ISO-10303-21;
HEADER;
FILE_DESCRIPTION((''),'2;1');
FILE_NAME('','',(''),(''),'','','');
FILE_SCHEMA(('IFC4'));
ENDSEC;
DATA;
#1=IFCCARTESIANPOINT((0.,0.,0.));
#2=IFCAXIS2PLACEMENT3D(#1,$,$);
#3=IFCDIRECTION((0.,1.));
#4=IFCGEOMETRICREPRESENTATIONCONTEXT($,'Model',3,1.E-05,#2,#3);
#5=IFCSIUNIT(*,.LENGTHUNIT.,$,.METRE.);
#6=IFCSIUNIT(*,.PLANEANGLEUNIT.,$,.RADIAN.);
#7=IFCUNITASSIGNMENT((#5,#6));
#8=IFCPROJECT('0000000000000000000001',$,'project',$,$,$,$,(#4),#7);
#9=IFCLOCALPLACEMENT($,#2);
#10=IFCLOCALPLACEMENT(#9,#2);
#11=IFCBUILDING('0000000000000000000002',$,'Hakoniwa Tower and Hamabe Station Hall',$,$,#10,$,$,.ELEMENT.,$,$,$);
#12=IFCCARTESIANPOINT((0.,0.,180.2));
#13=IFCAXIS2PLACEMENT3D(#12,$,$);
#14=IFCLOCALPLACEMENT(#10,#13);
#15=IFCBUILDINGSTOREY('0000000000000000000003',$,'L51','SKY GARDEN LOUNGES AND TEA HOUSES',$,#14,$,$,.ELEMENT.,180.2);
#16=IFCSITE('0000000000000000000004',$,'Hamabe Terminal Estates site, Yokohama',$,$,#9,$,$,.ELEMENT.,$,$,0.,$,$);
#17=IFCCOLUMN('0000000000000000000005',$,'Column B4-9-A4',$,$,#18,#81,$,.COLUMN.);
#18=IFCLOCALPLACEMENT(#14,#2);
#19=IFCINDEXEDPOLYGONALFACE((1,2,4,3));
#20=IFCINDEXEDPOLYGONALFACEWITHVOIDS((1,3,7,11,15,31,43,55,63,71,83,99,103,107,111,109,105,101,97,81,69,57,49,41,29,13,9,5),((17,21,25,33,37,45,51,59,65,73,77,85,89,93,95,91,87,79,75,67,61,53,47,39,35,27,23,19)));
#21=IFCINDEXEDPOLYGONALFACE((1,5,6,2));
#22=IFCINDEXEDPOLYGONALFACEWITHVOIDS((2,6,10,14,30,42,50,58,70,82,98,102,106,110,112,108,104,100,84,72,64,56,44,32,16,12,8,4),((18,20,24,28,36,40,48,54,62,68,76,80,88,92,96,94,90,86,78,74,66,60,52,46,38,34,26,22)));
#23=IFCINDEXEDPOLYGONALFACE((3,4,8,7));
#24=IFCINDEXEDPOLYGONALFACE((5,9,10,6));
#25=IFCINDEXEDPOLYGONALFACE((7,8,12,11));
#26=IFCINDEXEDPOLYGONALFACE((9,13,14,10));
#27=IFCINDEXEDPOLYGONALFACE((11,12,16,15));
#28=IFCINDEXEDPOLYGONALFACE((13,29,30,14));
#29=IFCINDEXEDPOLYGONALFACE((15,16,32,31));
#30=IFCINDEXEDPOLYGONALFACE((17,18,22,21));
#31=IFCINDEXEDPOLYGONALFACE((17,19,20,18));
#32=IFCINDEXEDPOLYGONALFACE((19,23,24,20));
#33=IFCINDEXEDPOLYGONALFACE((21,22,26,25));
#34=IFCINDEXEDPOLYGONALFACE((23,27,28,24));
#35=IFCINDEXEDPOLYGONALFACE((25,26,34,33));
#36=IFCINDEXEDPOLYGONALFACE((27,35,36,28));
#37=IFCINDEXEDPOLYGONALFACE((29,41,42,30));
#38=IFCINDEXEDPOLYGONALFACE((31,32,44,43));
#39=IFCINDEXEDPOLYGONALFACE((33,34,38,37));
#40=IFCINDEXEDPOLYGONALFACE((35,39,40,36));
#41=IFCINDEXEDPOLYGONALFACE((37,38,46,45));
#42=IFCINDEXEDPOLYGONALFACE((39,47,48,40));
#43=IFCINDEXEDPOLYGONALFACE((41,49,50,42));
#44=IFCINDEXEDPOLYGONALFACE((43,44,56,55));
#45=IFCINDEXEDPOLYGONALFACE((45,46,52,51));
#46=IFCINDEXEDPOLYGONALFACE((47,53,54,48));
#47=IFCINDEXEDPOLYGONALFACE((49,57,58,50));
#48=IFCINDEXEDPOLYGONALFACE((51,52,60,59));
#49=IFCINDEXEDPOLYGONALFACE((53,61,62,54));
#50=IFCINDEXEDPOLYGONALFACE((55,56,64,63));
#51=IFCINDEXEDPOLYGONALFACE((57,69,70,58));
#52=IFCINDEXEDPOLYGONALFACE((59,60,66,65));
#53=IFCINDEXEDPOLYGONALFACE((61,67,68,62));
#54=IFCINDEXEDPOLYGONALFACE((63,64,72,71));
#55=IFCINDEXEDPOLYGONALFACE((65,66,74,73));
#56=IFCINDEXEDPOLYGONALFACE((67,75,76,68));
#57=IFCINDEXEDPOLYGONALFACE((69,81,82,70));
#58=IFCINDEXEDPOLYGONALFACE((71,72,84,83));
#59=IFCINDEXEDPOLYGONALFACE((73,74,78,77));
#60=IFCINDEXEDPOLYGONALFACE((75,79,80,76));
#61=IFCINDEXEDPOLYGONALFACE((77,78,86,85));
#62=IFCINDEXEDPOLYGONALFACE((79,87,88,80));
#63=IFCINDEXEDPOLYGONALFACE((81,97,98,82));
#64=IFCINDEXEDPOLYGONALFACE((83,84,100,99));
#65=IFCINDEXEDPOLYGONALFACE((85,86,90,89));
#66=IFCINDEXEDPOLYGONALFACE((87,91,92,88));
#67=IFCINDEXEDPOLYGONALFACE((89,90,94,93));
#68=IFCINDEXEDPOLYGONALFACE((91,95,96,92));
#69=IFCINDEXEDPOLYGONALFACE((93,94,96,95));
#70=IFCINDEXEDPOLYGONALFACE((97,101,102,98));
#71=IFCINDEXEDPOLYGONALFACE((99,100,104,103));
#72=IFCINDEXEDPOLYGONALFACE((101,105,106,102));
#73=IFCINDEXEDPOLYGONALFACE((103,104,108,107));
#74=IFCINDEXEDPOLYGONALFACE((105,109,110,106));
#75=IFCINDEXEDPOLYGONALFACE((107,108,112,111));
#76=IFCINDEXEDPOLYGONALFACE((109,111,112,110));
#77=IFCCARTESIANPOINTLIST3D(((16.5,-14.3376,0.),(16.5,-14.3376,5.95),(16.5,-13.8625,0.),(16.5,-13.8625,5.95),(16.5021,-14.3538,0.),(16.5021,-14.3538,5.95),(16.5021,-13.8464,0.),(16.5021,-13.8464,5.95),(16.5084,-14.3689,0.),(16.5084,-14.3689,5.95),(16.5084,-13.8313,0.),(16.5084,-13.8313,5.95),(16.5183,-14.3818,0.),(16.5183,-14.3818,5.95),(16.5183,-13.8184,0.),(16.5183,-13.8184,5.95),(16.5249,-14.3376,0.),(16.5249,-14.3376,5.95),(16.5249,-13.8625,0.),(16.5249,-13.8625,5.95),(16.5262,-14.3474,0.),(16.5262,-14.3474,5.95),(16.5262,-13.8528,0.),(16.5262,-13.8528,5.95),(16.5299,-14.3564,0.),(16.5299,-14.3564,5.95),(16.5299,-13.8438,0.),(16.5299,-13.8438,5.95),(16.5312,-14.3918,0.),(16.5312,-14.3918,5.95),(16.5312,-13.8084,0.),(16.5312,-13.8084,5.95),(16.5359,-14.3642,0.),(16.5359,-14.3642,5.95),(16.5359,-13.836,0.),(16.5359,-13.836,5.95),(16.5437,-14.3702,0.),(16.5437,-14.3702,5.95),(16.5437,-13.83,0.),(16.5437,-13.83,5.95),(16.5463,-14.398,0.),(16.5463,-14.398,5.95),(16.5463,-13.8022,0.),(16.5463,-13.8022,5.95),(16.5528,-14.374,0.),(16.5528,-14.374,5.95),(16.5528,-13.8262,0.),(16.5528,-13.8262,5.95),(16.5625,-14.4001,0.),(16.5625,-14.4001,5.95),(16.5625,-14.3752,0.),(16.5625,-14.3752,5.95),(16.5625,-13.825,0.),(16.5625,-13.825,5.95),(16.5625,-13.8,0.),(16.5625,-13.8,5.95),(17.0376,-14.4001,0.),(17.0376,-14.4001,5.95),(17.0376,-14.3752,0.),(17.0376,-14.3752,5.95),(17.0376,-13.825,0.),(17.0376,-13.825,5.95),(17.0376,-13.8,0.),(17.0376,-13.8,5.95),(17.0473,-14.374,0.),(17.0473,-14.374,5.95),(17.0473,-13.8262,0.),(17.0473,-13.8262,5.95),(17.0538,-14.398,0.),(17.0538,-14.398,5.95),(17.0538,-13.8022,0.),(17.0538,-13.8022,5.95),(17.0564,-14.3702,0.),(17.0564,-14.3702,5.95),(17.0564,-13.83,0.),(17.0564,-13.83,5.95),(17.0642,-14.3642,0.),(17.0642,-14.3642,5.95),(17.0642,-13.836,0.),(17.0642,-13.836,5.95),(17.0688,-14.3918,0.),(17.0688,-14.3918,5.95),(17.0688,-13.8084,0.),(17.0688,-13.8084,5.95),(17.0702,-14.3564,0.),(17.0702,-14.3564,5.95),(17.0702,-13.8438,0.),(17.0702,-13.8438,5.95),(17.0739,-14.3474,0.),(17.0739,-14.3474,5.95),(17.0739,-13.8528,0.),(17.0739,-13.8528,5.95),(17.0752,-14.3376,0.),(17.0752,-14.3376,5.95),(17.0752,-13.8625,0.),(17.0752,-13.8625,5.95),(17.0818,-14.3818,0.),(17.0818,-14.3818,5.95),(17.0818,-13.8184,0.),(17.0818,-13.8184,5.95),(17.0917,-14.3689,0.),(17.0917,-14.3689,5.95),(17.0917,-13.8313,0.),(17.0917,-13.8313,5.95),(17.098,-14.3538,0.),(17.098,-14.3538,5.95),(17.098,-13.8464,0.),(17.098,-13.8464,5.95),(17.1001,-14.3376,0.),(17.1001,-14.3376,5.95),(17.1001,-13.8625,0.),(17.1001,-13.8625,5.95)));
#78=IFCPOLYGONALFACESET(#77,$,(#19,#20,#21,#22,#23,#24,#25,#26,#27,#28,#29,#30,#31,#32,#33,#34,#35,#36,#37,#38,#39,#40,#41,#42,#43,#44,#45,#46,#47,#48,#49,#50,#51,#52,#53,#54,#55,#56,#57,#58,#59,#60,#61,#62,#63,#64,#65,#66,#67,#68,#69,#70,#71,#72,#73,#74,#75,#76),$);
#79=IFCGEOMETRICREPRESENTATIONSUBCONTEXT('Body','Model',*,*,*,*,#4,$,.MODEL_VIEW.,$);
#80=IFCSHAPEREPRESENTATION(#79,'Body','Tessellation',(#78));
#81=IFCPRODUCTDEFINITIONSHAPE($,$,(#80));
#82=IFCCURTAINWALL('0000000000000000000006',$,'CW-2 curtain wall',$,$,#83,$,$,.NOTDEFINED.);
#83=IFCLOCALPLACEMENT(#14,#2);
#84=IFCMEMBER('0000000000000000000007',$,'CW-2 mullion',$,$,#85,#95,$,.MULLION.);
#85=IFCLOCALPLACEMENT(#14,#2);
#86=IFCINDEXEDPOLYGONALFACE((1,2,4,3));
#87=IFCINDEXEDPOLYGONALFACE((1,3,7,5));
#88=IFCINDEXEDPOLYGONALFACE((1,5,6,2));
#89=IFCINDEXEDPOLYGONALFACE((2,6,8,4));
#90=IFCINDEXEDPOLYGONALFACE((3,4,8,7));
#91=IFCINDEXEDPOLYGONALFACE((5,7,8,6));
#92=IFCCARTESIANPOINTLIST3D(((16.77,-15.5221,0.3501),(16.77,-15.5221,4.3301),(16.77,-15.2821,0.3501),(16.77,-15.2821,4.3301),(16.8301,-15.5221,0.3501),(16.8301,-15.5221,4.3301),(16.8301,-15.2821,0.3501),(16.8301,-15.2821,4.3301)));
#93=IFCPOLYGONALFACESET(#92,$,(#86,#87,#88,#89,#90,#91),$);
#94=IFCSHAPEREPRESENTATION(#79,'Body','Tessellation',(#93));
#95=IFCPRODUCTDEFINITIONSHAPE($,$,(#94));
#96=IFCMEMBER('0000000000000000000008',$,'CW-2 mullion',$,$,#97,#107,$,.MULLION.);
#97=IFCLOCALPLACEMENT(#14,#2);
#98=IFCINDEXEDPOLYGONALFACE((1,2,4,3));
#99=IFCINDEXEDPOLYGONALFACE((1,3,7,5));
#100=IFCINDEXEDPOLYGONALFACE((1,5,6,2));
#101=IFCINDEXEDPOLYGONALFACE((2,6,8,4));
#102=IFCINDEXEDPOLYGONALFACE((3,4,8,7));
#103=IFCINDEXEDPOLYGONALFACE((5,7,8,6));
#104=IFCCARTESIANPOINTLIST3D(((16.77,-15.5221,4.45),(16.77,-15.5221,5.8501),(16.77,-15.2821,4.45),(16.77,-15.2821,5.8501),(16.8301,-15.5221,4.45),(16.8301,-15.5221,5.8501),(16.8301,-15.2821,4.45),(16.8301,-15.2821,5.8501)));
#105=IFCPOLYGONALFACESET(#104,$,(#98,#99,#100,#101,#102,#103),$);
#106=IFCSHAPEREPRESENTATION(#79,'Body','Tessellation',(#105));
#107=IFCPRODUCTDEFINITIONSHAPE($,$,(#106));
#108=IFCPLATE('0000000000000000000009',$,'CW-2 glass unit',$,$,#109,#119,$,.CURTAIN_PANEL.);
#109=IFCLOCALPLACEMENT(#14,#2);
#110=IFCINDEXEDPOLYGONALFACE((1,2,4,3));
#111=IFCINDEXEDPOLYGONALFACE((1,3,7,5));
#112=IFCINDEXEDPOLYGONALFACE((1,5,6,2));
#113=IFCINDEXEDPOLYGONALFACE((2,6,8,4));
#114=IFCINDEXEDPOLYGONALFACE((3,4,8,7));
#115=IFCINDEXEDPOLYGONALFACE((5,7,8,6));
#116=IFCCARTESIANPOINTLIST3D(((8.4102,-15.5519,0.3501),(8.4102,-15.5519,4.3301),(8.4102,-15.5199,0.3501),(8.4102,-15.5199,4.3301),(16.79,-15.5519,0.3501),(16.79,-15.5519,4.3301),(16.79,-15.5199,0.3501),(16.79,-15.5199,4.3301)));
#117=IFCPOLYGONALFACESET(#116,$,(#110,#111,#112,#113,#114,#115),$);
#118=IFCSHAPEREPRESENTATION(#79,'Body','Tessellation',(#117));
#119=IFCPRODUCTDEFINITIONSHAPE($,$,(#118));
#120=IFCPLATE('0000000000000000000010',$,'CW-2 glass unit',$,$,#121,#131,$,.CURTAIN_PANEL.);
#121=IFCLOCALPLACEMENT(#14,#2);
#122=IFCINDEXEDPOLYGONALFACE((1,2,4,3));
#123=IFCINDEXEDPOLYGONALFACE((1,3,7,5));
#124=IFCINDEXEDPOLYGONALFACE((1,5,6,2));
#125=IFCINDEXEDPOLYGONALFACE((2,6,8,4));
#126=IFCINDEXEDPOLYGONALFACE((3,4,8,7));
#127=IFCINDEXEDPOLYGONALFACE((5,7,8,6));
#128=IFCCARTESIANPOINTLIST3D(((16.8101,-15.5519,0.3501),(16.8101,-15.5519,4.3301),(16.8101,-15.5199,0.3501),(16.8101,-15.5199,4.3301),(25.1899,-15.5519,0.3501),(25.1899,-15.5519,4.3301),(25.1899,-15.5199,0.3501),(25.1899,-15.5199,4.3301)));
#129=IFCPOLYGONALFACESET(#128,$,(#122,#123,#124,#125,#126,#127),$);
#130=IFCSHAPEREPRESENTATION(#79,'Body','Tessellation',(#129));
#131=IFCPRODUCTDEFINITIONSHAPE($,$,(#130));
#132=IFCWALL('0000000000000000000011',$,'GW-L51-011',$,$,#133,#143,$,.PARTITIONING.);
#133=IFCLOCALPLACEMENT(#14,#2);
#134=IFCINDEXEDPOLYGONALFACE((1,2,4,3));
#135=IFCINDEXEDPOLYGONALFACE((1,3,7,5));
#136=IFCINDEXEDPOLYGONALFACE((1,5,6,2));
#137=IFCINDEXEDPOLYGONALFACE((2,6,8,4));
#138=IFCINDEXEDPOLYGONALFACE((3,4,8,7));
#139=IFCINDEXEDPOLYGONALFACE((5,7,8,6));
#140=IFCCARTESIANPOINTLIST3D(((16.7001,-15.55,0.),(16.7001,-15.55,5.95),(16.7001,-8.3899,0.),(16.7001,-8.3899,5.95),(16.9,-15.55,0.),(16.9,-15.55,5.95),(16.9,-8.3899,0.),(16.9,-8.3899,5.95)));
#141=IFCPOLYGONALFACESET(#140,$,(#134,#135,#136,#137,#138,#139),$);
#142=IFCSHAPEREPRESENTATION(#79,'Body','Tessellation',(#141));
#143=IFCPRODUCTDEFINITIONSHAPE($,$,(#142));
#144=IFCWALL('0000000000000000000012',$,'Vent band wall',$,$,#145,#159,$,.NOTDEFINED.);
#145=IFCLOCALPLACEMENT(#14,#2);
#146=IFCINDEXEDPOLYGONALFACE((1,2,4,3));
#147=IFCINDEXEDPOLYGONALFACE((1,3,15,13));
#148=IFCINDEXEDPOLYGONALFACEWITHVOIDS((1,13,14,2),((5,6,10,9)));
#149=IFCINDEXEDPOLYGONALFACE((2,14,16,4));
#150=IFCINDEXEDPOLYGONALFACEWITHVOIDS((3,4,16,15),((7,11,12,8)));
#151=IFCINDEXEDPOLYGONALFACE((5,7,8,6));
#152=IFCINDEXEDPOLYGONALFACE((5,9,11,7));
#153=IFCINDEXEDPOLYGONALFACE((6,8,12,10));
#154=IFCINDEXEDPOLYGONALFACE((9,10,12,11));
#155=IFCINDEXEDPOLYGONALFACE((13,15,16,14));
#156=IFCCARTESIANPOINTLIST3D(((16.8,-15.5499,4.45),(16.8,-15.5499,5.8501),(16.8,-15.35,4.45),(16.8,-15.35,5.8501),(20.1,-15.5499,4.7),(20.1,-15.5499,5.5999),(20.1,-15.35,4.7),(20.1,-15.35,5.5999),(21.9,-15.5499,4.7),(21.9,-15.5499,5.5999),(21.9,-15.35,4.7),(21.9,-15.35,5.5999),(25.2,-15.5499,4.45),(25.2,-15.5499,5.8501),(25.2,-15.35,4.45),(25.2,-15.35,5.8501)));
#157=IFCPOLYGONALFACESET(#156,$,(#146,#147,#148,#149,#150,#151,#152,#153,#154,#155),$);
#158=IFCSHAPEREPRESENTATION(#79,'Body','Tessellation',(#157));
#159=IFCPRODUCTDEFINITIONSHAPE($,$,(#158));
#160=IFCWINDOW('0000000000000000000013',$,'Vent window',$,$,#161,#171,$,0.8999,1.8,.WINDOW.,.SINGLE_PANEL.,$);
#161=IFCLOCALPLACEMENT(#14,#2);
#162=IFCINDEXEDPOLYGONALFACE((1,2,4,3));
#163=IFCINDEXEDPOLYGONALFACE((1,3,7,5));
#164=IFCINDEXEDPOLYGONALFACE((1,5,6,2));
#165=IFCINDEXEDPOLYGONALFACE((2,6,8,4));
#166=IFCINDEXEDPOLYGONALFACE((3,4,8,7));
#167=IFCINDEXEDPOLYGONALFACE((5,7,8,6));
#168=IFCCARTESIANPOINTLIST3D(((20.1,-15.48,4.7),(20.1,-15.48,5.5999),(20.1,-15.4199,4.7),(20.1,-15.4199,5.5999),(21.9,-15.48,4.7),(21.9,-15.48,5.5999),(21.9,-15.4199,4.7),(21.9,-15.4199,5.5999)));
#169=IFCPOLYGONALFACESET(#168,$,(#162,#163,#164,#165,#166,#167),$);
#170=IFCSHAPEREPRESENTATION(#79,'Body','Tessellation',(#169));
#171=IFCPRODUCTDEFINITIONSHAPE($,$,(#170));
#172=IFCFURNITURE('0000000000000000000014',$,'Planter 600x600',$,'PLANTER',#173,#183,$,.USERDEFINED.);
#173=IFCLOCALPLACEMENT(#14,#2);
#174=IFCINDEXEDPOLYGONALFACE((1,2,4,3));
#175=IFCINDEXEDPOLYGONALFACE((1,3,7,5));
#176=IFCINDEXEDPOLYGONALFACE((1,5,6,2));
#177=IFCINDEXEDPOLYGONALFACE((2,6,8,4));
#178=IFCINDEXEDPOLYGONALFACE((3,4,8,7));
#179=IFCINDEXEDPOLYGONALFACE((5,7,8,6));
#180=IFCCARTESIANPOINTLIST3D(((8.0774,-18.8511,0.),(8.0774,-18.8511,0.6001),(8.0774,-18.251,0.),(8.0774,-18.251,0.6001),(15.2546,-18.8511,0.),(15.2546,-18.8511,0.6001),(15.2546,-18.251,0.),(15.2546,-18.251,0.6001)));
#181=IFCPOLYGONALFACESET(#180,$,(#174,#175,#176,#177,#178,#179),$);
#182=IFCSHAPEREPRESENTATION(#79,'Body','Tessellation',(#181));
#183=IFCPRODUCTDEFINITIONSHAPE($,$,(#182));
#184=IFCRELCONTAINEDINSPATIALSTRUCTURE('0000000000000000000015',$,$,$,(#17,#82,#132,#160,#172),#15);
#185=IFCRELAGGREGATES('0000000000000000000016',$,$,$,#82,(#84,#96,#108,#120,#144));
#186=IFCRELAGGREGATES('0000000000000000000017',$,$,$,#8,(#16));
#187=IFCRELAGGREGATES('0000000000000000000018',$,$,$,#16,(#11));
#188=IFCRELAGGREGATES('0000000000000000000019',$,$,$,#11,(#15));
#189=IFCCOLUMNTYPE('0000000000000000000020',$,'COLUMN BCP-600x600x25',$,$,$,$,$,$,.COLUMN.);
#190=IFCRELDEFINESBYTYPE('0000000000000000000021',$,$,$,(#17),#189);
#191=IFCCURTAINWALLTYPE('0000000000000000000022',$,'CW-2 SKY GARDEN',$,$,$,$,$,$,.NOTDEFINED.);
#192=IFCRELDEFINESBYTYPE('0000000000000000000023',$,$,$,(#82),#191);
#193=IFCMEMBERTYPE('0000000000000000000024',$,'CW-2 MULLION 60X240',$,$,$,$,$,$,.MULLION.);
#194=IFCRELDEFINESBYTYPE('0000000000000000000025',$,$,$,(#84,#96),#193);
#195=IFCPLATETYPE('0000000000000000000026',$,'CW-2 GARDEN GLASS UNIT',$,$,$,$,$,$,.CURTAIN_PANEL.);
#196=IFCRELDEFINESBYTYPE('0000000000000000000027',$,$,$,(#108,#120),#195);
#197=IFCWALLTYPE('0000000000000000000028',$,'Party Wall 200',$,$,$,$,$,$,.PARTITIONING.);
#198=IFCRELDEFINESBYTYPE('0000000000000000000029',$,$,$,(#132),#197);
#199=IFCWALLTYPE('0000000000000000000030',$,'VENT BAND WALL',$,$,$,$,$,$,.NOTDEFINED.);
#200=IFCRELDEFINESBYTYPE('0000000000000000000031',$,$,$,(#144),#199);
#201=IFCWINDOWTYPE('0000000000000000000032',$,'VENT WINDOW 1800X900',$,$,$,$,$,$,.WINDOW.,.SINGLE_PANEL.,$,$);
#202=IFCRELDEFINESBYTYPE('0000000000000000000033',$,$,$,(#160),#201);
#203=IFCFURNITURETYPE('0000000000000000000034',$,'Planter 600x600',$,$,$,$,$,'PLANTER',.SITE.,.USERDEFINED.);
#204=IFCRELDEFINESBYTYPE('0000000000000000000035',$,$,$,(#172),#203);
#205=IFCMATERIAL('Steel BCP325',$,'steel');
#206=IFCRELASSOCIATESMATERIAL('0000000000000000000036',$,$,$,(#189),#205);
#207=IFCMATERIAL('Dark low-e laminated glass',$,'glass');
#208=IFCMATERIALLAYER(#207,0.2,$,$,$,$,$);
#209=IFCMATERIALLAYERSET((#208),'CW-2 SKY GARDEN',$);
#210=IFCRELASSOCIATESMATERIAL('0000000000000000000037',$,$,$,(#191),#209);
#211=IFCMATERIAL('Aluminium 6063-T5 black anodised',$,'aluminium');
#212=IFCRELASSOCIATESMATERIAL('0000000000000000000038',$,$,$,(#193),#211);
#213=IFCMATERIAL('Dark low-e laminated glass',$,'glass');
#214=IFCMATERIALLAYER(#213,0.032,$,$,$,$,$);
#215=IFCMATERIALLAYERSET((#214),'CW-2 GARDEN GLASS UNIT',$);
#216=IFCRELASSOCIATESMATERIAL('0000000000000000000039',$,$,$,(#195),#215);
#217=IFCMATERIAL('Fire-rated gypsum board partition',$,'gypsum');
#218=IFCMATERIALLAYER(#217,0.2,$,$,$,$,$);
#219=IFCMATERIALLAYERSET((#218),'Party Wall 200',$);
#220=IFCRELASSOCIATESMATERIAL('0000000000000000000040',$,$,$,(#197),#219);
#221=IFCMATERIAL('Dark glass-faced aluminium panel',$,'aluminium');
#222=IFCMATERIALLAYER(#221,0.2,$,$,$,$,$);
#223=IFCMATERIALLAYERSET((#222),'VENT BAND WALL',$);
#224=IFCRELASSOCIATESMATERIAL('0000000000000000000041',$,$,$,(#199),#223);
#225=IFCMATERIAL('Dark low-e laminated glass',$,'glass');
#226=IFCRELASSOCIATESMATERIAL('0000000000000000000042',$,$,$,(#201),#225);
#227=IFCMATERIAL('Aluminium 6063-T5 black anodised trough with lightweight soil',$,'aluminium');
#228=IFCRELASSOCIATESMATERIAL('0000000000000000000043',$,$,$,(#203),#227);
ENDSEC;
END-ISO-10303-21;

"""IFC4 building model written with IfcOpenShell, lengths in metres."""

from ifc_helpers import new_model, si_unit, direction, frame, frame_2d, origin, origin_2d, place, context, subcontext, project, spatial, rectangle, hollow_rectangle, extrude, material, layer, layer_set, material_profile, profile_set, type_object, element, fill, aggregate, save


model = new_model("IFC4")

# Units and contexts
model_context = context("Model", 3, precision=1e-05, world=origin(), true_north=direction((0.0, 1.0)))
body_context = subcontext(model_context, "Body", "Model", "MODEL_VIEW")
ifc_project = project(units=[si_unit("LENGTHUNIT", "METRE"), si_unit("PLANEANGLEUNIT", "RADIAN")], contexts=[model_context])

# Site, building, storey
site_placement = place(None, origin())
site = spatial("IfcSite", under=ifc_project, at=site_placement, Name="Hamabe Terminal Estates site, Yokohama", CompositionType="ELEMENT", RefElevation=0.0)
building_placement = place(site_placement, origin())
building = spatial("IfcBuilding", under=site, at=building_placement, Name="Hakoniwa Tower and Hamabe Station Hall", CompositionType="ELEMENT")
storey_placement = place(building_placement, frame((0.0, 0.0, 180.2)))
storey = spatial("IfcBuildingStorey", under=building, at=storey_placement, Name="L51", Description="SKY GARDEN LOUNGES AND TEA HOUSES", CompositionType="ELEMENT", Elevation=180.2)

# Column
ifc_material_1 = material(Name="Steel BCP325", Category="steel")
ifc_material_profile_1 = material_profile(ifc_material_1, hollow_rectangle(XDim=0.6001, YDim=0.6001, WallThickness=0.0249, InnerFilletRadius=0.0376, OuterFilletRadius=0.0625, at=origin_2d()), Name="BCP-600x600x25")
ifc_profile_set_1 = profile_set([ifc_material_profile_1], Name="Steel BCP325")
column_type = type_object("IfcColumnType", Name="COLUMN BCP-600x600x25", PredefinedType="COLUMN", material=ifc_profile_set_1)
column_placement = place(storey_placement, frame((16.8, -14.1001, 0.0), z_axis=(0.0, 0.0, 1.0), x_axis=(1.0, 0.0, 0.0)))
element("IfcColumn", 1, at=column_placement, inside=storey, type_object=column_type, Name="Column B4-9-A4", PredefinedType="COLUMN", context=body_context, shape_type="SweptSolid", body=[
    extrude(hollow_rectangle(XDim=0.6001, YDim=0.6001, WallThickness=0.0249, InnerFilletRadius=0.0376, OuterFilletRadius=0.0625, at=origin_2d()), origin(), (0.0, 0.0, 1.0), 5.95),
])

# Curtain wall, members, plates
ifc_material_2 = material(Name="Dark low-e laminated glass", Category="glass")
ifc_layer_1 = layer(ifc_material_2, 0.2)
ifc_layer_set_1 = layer_set([ifc_layer_1], Name="CW-2 SKY GARDEN")
curtain_wall_type = type_object("IfcCurtainWallType", Name="CW-2 SKY GARDEN", PredefinedType="NOTDEFINED", material=ifc_layer_set_1)
curtain_wall_placement = place(storey_placement, origin())
curtain_wall = element("IfcCurtainWall", 2, at=curtain_wall_placement, inside=storey, type_object=curtain_wall_type, Name="CW-2 curtain wall", PredefinedType="NOTDEFINED")
ifc_material_3 = material(Name="Aluminium 6063-T5 black anodised", Category="aluminium")
ifc_material_profile_2 = material_profile(ifc_material_3, rectangle(XDim=0.0601, YDim=0.24, at=origin_2d()), Name="CW-2 MULLION 60X240")
ifc_profile_set_2 = profile_set([ifc_material_profile_2], Name="Aluminium 6063-T5 black anodised")
member_type = type_object("IfcMemberType", Name="CW-2 MULLION 60X240", PredefinedType="MULLION", material=ifc_profile_set_2)
member_1_placement = place(storey_placement, frame((16.8, -15.4021, 0.3501), z_axis=(0.0, 0.0, 1.0), x_axis=(1.0, 0.0, 0.0)))
member_1 = element("IfcMember", 3, at=member_1_placement, type_object=member_type, Name="CW-2 mullion", PredefinedType="MULLION", context=body_context, shape_type="SweptSolid", body=[
    extrude(rectangle(XDim=0.0601, YDim=0.24, at=origin_2d()), origin(), (0.0, 0.0, 1.0), 3.98),
])
member_2_placement = place(storey_placement, frame((16.8, -15.4021, 4.45), z_axis=(0.0, 0.0, 1.0), x_axis=(1.0, 0.0, 0.0)))
member_2 = element("IfcMember", 4, at=member_2_placement, type_object=member_type, Name="CW-2 mullion", PredefinedType="MULLION", context=body_context, shape_type="SweptSolid", body=[
    extrude(rectangle(XDim=0.0601, YDim=0.24, at=origin_2d()), origin(), (0.0, 0.0, 1.0), 1.4001),
])
ifc_material_4 = material(Name="Dark low-e laminated glass", Category="glass")
ifc_layer_2 = layer(ifc_material_4, 0.032)
ifc_layer_set_2 = layer_set([ifc_layer_2], Name="CW-2 GARDEN GLASS UNIT")
plate_type = type_object("IfcPlateType", Name="CW-2 GARDEN GLASS UNIT", PredefinedType="CURTAIN_PANEL", material=ifc_layer_set_2)
plate_1_placement = place(storey_placement, frame((12.6001, -15.5359, 0.3501), z_axis=(0.0, 0.0, 1.0), x_axis=(1.0, 0.0, 0.0)))
plate_1 = element("IfcPlate", 5, at=plate_1_placement, type_object=plate_type, Name="CW-2 glass unit", PredefinedType="CURTAIN_PANEL", context=body_context, shape_type="SweptSolid", body=[
    extrude(rectangle(XDim=8.3799, YDim=0.032, at=origin_2d()), origin(), (0.0, 0.0, 1.0), 3.98),
])
plate_2_placement = place(storey_placement, frame((21.0, -15.5359, 0.3501), z_axis=(0.0, 0.0, 1.0), x_axis=(1.0, 0.0, 0.0)))
plate_2 = element("IfcPlate", 6, at=plate_2_placement, type_object=plate_type, Name="CW-2 glass unit", PredefinedType="CURTAIN_PANEL", context=body_context, shape_type="SweptSolid", body=[
    extrude(rectangle(XDim=8.3799, YDim=0.032, at=origin_2d()), origin(), (0.0, 0.0, 1.0), 3.98),
])

# Wall
ifc_material_5 = material(Name="Fire-rated gypsum board partition", Category="gypsum")
ifc_layer_3 = layer(ifc_material_5, 0.2)
ifc_layer_set_3 = layer_set([ifc_layer_3], Name="Party Wall 200")
wall_type_1 = type_object("IfcWallType", Name="Party Wall 200", PredefinedType="PARTITIONING", material=ifc_layer_set_3)
wall_1_placement = place(storey_placement, frame((16.8, -15.55, 0.0), z_axis=(0.0, 0.0, 1.0), x_axis=(0.0, 1.0, 0.0)))
element("IfcWall", 7, at=wall_1_placement, inside=storey, type_object=wall_type_1, Name="GW-L51-011", PredefinedType="PARTITIONING", context=body_context, shape_type="SweptSolid", body=[
    extrude(rectangle(XDim=7.1602, YDim=0.2, at=frame_2d((3.5801, 0.0))), origin(), (0.0, 0.0, 1.0), 5.95),
])

# Wall, opening, window
ifc_material_6 = material(Name="Dark glass-faced aluminium panel", Category="aluminium")
ifc_layer_4 = layer(ifc_material_6, 0.2)
ifc_layer_set_4 = layer_set([ifc_layer_4], Name="VENT BAND WALL")
wall_type_2 = type_object("IfcWallType", Name="VENT BAND WALL", PredefinedType="NOTDEFINED", material=ifc_layer_set_4)
wall_2_placement = place(storey_placement, frame((16.8, -15.45, 4.45), z_axis=(0.0, 0.0, 1.0), x_axis=(1.0, 0.0, 0.0)))
wall_2 = element("IfcWall", 8, at=wall_2_placement, type_object=wall_type_2, Name="Vent band wall", PredefinedType="NOTDEFINED", context=body_context, shape_type="SweptSolid", body=[
    extrude(rectangle(XDim=8.3999, YDim=0.2, at=frame_2d((4.2, 0.0))), origin(), (0.0, 0.0, 1.0), 1.4001),
])
opening_placement = place(wall_2_placement, frame((3.3, 0.0, 0.25)))
opening = element("IfcOpeningElement", 9, at=opening_placement, cuts=wall_2, PredefinedType="OPENING", context=body_context, shape_type="SweptSolid", body=[
    extrude(rectangle(XDim=1.8, YDim=0.8999, at=frame_2d((0.8999, 0.45))), frame((0.0, 0.1099, 0.0), z_axis=(0.0, -1.0, 0.0), x_axis=(1.0, 0.0, 0.0)), (0.0, 0.0, 1.0), 0.22),
])
ifc_material_7 = material(Name="Dark low-e laminated glass", Category="glass")
window_type = type_object("IfcWindowType", Name="VENT WINDOW 1800X900", PartitioningType="SINGLE_PANEL", PredefinedType="WINDOW", material=ifc_material_7)
window_placement = place(opening_placement, origin())
window = element("IfcWindow", 10, at=window_placement, inside=storey, type_object=window_type, Name="Vent window", OverallHeight=0.8999, OverallWidth=1.8, PartitioningType="SINGLE_PANEL", PredefinedType="WINDOW", context=body_context, shape_type="SweptSolid", body=[
    extrude(rectangle(XDim=1.8, YDim=0.8999, at=frame_2d((0.8999, 0.45))), frame((0.0, 0.03, 0.0), z_axis=(0.0, -1.0, 0.0), x_axis=(1.0, 0.0, 0.0)), (0.0, 0.0, 1.0), 0.0601),
])
fill(opening, window)
aggregate(curtain_wall, [member_1, member_2, plate_1, plate_2, wall_2])

# Furniture
ifc_material_8 = material(Name="Aluminium 6063-T5 black anodised trough with lightweight soil", Category="aluminium")
furniture_type = type_object("IfcFurnitureType", Name="Planter 600x600", ElementType="PLANTER", AssemblyPlace="SITE", PredefinedType="USERDEFINED", material=ifc_material_8)
for number, where, z_axis, x_axis, name in (
    (11, (11.666, -18.551, 0.0), (0.0, 0.0, 1.0), (1.0, 0.0, 0.0), "Planter 600x600"),
):
    element("IfcFurniture", number, at=place(storey_placement, frame(where, z_axis=z_axis, x_axis=x_axis)), inside=storey, type_object=furniture_type, Name=name, ObjectType="PLANTER", PredefinedType="USERDEFINED", context=body_context, shape_type="SweptSolid", body=[
        extrude(rectangle(XDim=7.1772, YDim=0.6001, at=origin_2d()), origin(), (0.0, 0.0, 1.0), 0.6001),
    ])

save(model, "model.ifc")
